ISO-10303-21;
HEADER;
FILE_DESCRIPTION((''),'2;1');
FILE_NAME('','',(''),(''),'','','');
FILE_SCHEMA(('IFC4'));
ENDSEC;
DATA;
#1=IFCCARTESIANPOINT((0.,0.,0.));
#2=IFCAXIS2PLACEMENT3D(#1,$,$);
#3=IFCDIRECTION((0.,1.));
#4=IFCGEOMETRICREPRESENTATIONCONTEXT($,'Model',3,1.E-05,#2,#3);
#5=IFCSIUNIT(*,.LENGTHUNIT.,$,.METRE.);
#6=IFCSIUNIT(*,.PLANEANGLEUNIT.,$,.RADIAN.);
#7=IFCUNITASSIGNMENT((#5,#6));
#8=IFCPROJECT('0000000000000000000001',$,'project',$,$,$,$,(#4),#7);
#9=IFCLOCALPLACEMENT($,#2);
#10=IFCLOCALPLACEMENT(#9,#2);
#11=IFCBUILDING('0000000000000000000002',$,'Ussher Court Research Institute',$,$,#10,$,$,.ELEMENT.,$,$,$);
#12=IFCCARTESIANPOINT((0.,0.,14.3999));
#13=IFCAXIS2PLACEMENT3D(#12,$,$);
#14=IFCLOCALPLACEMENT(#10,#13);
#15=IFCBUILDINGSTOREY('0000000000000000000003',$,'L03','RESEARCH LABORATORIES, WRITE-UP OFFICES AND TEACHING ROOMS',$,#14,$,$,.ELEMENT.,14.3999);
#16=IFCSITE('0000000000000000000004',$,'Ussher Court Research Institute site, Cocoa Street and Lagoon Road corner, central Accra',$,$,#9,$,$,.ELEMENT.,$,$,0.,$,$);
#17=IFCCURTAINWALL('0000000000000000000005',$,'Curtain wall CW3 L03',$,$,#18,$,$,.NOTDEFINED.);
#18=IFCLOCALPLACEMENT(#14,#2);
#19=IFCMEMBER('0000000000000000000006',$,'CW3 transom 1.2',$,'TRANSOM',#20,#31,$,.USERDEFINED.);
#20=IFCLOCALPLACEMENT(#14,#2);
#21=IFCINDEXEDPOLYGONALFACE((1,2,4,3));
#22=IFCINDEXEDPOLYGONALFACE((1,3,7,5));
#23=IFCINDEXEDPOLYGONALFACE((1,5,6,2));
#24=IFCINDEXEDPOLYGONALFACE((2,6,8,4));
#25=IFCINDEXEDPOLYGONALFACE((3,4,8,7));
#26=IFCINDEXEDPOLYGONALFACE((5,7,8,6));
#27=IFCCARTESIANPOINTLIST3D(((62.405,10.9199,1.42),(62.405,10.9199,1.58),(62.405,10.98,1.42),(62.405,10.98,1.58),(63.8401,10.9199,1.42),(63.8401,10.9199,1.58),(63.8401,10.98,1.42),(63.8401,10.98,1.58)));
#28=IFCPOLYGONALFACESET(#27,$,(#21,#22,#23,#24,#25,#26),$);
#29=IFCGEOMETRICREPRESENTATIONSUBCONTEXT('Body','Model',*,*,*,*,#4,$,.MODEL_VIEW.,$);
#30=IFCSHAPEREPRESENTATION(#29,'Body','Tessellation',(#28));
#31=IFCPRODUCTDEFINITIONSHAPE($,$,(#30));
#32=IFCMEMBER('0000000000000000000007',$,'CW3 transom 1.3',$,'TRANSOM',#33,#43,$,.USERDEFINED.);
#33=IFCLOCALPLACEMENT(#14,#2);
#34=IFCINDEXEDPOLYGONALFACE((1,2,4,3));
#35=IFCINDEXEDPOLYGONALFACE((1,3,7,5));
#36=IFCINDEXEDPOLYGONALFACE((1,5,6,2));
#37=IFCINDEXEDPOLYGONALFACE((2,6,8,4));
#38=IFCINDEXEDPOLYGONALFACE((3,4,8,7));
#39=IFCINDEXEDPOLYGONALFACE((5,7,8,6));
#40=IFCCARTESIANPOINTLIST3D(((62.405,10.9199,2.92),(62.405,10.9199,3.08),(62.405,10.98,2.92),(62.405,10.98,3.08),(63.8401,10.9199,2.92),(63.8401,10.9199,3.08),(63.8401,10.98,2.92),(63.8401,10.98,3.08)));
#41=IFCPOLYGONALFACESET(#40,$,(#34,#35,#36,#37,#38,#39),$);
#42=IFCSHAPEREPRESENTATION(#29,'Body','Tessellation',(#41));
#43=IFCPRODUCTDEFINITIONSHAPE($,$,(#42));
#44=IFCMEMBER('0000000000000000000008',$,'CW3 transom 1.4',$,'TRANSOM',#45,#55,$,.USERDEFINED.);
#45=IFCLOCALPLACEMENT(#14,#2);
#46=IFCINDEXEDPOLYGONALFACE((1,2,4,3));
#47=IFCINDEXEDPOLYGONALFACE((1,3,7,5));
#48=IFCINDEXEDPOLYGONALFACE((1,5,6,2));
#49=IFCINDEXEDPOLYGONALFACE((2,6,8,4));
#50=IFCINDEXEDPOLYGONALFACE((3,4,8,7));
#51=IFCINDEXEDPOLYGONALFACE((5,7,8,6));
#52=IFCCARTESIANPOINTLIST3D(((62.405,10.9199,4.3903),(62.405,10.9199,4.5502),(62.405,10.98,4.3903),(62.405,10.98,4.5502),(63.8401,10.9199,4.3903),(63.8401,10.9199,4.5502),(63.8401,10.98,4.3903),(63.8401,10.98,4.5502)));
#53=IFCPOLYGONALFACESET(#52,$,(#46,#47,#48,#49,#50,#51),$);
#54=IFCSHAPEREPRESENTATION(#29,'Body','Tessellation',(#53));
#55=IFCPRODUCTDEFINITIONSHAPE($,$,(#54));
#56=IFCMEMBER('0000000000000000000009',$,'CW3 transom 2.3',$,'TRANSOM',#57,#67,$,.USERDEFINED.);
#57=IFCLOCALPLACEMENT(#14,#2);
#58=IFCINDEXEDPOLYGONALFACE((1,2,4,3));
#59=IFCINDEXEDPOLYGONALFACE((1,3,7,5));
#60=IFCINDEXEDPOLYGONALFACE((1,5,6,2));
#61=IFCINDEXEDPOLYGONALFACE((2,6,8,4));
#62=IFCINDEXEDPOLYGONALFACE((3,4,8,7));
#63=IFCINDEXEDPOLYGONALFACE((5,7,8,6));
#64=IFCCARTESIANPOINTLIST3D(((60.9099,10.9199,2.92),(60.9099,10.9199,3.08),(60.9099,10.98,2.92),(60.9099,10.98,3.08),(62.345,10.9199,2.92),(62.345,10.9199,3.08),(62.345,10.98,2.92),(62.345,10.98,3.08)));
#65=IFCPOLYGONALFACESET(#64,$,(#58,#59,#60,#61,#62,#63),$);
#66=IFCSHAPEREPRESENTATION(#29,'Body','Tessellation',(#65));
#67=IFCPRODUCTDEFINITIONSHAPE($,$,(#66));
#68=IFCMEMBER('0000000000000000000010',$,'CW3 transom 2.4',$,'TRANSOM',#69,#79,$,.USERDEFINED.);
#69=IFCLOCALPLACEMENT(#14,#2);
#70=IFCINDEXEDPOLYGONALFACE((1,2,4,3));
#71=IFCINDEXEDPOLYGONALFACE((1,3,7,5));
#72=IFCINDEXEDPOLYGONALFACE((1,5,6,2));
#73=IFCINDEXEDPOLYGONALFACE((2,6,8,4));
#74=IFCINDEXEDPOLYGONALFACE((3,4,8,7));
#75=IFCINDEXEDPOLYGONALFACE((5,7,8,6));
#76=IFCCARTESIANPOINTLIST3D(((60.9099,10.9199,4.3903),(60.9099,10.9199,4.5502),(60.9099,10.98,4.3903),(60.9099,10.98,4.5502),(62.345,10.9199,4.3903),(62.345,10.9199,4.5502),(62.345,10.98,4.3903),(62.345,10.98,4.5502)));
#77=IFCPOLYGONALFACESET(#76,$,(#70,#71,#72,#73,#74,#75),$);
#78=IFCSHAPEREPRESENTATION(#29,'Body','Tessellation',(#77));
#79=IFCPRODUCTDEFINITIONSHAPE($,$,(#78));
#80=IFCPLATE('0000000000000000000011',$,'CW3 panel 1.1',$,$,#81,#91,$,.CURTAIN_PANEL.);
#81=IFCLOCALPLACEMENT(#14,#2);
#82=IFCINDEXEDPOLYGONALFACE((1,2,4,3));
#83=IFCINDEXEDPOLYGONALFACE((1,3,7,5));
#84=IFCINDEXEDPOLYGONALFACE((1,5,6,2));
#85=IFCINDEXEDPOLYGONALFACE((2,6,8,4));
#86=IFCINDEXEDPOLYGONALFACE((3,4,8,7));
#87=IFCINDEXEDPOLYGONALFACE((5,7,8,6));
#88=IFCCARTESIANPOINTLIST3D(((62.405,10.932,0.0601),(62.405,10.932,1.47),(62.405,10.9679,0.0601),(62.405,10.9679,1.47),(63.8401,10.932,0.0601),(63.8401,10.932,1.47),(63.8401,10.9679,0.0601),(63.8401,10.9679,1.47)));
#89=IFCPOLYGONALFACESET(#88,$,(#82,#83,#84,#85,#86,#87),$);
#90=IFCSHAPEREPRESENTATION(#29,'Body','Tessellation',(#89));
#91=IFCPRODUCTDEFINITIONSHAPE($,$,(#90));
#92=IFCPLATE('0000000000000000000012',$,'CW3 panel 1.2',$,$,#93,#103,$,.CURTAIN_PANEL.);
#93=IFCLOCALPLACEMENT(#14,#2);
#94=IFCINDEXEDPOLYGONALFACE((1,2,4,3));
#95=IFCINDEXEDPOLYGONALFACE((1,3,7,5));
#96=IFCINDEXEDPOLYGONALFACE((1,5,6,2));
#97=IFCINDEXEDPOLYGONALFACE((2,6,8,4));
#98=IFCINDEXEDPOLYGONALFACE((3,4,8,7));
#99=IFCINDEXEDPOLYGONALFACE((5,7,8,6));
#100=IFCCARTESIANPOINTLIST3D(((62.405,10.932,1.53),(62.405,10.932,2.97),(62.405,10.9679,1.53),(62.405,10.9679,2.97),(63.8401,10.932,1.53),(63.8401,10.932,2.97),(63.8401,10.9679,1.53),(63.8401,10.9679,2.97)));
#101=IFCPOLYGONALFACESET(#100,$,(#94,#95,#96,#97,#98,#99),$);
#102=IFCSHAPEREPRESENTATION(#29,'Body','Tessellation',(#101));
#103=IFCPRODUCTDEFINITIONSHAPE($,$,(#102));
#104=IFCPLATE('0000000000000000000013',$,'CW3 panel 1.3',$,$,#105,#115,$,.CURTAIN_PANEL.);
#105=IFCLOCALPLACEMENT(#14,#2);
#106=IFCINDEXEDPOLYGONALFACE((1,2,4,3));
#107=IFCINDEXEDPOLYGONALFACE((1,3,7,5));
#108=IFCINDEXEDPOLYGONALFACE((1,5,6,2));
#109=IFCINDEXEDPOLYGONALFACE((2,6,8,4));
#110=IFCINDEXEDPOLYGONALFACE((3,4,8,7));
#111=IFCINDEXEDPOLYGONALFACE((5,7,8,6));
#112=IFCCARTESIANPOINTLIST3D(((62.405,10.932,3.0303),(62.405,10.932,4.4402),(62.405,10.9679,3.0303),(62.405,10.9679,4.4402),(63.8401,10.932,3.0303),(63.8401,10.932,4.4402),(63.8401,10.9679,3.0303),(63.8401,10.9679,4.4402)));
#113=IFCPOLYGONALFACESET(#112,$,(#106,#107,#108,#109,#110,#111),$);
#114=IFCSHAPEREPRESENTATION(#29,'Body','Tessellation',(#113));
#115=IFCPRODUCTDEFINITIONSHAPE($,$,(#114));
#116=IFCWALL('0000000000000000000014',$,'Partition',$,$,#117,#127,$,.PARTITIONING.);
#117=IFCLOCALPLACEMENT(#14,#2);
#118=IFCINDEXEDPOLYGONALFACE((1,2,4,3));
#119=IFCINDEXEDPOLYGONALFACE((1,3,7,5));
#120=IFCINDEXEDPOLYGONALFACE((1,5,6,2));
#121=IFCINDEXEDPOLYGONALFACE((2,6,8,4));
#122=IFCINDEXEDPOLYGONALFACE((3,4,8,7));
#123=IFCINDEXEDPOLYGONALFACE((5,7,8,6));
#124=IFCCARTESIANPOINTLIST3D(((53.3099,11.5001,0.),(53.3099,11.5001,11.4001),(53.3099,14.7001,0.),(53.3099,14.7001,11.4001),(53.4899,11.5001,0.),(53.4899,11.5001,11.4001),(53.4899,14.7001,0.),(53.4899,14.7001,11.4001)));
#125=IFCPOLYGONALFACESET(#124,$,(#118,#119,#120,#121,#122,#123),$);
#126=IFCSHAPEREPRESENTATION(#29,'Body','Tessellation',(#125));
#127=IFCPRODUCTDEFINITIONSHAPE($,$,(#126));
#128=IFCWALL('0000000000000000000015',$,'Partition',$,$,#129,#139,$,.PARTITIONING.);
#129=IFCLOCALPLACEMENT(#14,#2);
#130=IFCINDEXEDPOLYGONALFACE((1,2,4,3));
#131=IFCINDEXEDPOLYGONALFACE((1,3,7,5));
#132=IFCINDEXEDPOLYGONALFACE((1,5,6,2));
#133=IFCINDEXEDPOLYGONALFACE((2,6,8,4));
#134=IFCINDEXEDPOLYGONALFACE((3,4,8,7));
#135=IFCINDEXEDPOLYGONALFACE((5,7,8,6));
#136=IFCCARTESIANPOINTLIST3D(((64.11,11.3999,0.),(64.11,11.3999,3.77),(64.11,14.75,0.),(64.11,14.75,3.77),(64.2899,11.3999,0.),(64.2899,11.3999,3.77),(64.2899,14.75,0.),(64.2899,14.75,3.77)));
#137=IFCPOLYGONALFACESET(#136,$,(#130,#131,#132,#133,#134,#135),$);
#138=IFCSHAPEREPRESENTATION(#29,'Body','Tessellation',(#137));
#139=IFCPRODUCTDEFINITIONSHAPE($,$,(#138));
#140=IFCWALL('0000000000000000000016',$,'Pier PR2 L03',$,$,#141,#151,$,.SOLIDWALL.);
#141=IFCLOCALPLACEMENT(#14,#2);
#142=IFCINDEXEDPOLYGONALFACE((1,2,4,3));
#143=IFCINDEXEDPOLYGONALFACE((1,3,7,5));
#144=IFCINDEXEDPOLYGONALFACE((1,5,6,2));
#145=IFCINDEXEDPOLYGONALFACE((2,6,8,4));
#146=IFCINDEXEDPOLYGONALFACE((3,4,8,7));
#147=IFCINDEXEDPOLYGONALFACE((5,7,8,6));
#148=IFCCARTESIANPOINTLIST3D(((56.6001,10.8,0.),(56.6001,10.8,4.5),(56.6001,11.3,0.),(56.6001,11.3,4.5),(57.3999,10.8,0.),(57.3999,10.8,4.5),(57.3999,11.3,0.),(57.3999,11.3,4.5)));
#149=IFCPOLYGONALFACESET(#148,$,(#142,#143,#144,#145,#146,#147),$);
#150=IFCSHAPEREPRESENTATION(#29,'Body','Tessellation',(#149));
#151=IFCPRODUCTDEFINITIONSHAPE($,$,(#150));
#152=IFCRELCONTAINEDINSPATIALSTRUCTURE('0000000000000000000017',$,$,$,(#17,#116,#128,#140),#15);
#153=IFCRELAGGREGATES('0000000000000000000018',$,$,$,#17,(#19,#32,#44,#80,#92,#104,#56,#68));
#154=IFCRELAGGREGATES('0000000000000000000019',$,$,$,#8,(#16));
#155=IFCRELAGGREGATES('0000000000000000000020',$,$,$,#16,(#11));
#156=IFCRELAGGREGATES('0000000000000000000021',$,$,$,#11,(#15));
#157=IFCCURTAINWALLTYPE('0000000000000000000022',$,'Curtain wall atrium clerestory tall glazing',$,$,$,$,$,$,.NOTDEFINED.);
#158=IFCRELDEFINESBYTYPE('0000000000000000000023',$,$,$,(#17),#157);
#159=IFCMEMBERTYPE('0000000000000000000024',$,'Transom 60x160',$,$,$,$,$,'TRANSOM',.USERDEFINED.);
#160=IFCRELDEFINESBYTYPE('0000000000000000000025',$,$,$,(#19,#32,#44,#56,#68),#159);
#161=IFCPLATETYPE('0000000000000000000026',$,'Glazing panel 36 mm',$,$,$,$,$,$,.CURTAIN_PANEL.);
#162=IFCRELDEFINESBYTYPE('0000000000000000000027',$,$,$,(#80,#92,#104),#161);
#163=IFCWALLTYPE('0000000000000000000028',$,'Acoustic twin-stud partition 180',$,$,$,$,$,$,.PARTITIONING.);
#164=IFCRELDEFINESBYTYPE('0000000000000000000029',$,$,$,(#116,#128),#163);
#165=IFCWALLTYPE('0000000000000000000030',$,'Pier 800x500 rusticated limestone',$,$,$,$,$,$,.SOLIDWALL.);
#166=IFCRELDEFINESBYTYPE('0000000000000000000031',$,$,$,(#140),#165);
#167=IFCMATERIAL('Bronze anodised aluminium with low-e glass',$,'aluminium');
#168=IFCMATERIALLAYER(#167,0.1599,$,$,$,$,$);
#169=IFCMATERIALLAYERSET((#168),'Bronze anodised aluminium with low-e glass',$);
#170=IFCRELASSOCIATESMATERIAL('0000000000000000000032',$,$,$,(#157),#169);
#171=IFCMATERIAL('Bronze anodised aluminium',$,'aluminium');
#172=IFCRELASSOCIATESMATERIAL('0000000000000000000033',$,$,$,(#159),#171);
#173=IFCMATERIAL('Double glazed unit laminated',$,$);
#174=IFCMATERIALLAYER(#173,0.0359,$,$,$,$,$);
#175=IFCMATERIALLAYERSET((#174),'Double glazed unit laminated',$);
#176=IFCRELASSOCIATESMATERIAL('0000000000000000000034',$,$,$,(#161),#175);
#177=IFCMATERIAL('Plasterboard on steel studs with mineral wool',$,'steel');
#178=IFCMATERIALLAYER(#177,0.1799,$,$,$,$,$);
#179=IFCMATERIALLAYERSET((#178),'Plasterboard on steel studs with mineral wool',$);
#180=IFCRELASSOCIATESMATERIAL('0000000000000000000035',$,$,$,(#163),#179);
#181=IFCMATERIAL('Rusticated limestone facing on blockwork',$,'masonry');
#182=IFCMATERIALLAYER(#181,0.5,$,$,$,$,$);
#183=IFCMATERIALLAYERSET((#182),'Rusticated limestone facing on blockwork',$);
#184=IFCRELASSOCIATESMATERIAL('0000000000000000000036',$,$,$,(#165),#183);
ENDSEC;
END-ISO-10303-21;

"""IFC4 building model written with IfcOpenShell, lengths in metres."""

from ifc_helpers import new_model, si_unit, direction, frame, frame_2d, origin, origin_2d, place, context, subcontext, project, spatial, rectangle, extrude, material, layer, layer_set, material_profile, profile_set, type_object, element, aggregate, save


model = new_model("IFC4")

# Units and contexts
model_context = context("Model", 3, precision=1e-05, world=origin(), true_north=direction((0.0, 1.0)))
body_context = subcontext(model_context, "Body", "Model", "MODEL_VIEW")
ifc_project = project(units=[si_unit("LENGTHUNIT", "METRE"), si_unit("PLANEANGLEUNIT", "RADIAN")], contexts=[model_context])

# Site, building, storey
site_placement = place(None, origin())
site = spatial("IfcSite", under=ifc_project, at=site_placement, Name="Ussher Court Research Institute site, Cocoa Street and Lagoon Road corner, central Accra", CompositionType="ELEMENT", RefElevation=0.0)
building_placement = place(site_placement, origin())
building = spatial("IfcBuilding", under=site, at=building_placement, Name="Ussher Court Research Institute", CompositionType="ELEMENT")
storey_placement = place(building_placement, frame((0.0, 0.0, 14.3999)))
storey = spatial("IfcBuildingStorey", under=building, at=storey_placement, Name="L03", Description="RESEARCH LABORATORIES, WRITE-UP OFFICES AND TEACHING ROOMS", CompositionType="ELEMENT", Elevation=14.3999)

# Curtain wall
ifc_material_1 = material(Name="Bronze anodised aluminium with low-e glass", Category="aluminium")
ifc_layer_1 = layer(ifc_material_1, 0.1599)
ifc_layer_set_1 = layer_set([ifc_layer_1], Name="Bronze anodised aluminium with low-e glass")
curtain_wall_type = type_object("IfcCurtainWallType", Name="Curtain wall atrium clerestory tall glazing", PredefinedType="NOTDEFINED", material=ifc_layer_set_1)
curtain_wall_placement = place(storey_placement, origin())
curtain_wall = element("IfcCurtainWall", 1, at=curtain_wall_placement, inside=storey, type_object=curtain_wall_type, Name="Curtain wall CW3 L03", PredefinedType="NOTDEFINED")

# Members
ifc_material_2 = material(Name="Bronze anodised aluminium", Category="aluminium")
ifc_material_profile_1 = material_profile(ifc_material_2, rectangle(XDim=0.0601, YDim=0.1599, at=origin_2d()), Name="Transom 60x160")
ifc_profile_set_1 = profile_set([ifc_material_profile_1], Name="Bronze anodised aluminium")
member_type_1 = type_object("IfcMemberType", Name="Transom 60x160", ElementType="TRANSOM", PredefinedType="USERDEFINED", material=ifc_profile_set_1)
member_1_placement = place(storey_placement, frame((63.8401, 10.95, 1.5), z_axis=(-1.0, 0.0, 0.0), x_axis=(0.0, -1.0, 0.0)))
member_1 = element("IfcMember", 2, at=member_1_placement, type_object=member_type_1, Name="CW3 transom 1.2", ObjectType="TRANSOM", PredefinedType="USERDEFINED", context=body_context, shape_type="SweptSolid", body=[
    extrude(rectangle(XDim=0.0601, YDim=0.1599, at=origin_2d()), origin(), (0.0, 0.0, 1.0), 1.4351),
])
member_2_placement = place(storey_placement, frame((63.8401, 10.95, 3.0), z_axis=(-1.0, 0.0, 0.0), x_axis=(0.0, -1.0, 0.0)))
member_2 = element("IfcMember", 3, at=member_2_placement, type_object=member_type_1, Name="CW3 transom 1.3", ObjectType="TRANSOM", PredefinedType="USERDEFINED", context=body_context, shape_type="SweptSolid", body=[
    extrude(rectangle(XDim=0.0601, YDim=0.1599, at=origin_2d()), origin(), (0.0, 0.0, 1.0), 1.4351),
])
member_3_placement = place(storey_placement, frame((63.8401, 10.95, 4.4702), z_axis=(-1.0, 0.0, 0.0), x_axis=(0.0, -1.0, 0.0)))
member_3 = element("IfcMember", 4, at=member_3_placement, type_object=member_type_1, Name="CW3 transom 1.4", ObjectType="TRANSOM", PredefinedType="USERDEFINED", context=body_context, shape_type="SweptSolid", body=[
    extrude(rectangle(XDim=0.0601, YDim=0.1599, at=origin_2d()), origin(), (0.0, 0.0, 1.0), 1.4351),
])
member_4_placement = place(storey_placement, frame((62.345, 10.95, 3.0), z_axis=(-1.0, 0.0, 0.0), x_axis=(0.0, -1.0, 0.0)))
member_4 = element("IfcMember", 5, at=member_4_placement, type_object=member_type_1, Name="CW3 transom 2.3", ObjectType="TRANSOM", PredefinedType="USERDEFINED", context=body_context, shape_type="SweptSolid", body=[
    extrude(rectangle(XDim=0.0601, YDim=0.1599, at=origin_2d()), origin(), (0.0, 0.0, 1.0), 1.4351),
])
member_5_placement = place(storey_placement, frame((62.345, 10.95, 4.4702), z_axis=(-1.0, 0.0, 0.0), x_axis=(0.0, -1.0, 0.0)))
member_5 = element("IfcMember", 6, at=member_5_placement, type_object=member_type_1, Name="CW3 transom 2.4", ObjectType="TRANSOM", PredefinedType="USERDEFINED", context=body_context, shape_type="SweptSolid", body=[
    extrude(rectangle(XDim=0.0601, YDim=0.1599, at=origin_2d()), origin(), (0.0, 0.0, 1.0), 1.4351),
])

# Plates
ifc_material_3 = material(Name="Double glazed unit laminated")
ifc_layer_2 = layer(ifc_material_3, 0.0359)
ifc_layer_set_2 = layer_set([ifc_layer_2], Name="Double glazed unit laminated")
plate_type = type_object("IfcPlateType", Name="Glazing panel 36 mm", PredefinedType="CURTAIN_PANEL", material=ifc_layer_set_2)
plate_1_placement = place(storey_placement, frame((63.1226, 10.95, 0.0601), z_axis=(0.0, 0.0, 1.0), x_axis=(-1.0, 0.0, 0.0)))
plate_1 = element("IfcPlate", 7, at=plate_1_placement, type_object=plate_type, Name="CW3 panel 1.1", PredefinedType="CURTAIN_PANEL", context=body_context, shape_type="SweptSolid", body=[
    extrude(rectangle(XDim=1.4351, YDim=0.0359, at=origin_2d()), origin(), (0.0, 0.0, 1.0), 1.4099),
])
plate_2_placement = place(storey_placement, frame((63.1226, 10.95, 1.53), z_axis=(0.0, 0.0, 1.0), x_axis=(-1.0, 0.0, 0.0)))
plate_2 = element("IfcPlate", 8, at=plate_2_placement, type_object=plate_type, Name="CW3 panel 1.2", PredefinedType="CURTAIN_PANEL", context=body_context, shape_type="SweptSolid", body=[
    extrude(rectangle(XDim=1.4351, YDim=0.0359, at=origin_2d()), origin(), (0.0, 0.0, 1.0), 1.4399),
])
plate_3_placement = place(storey_placement, frame((63.1226, 10.95, 3.0303), z_axis=(0.0, 0.0, 1.0), x_axis=(-1.0, 0.0, 0.0)))
plate_3 = element("IfcPlate", 9, at=plate_3_placement, type_object=plate_type, Name="CW3 panel 1.3", PredefinedType="CURTAIN_PANEL", context=body_context, shape_type="SweptSolid", body=[
    extrude(rectangle(XDim=1.4351, YDim=0.0359, at=origin_2d()), origin(), (0.0, 0.0, 1.0), 1.4099),
])
aggregate(curtain_wall, [member_1, member_2, member_3, plate_1, plate_2, plate_3, member_4, member_5])

# Walls
ifc_material_4 = material(Name="Plasterboard on steel studs with mineral wool", Category="steel")
ifc_layer_3 = layer(ifc_material_4, 0.1799)
ifc_layer_set_3 = layer_set([ifc_layer_3], Name="Plasterboard on steel studs with mineral wool")
wall_type_1 = type_object("IfcWallType", Name="Acoustic twin-stud partition 180", PredefinedType="PARTITIONING", material=ifc_layer_set_3)
wall_1_placement = place(storey_placement, frame((53.3999, 11.5, 0.0), z_axis=(0.0, 0.0, 1.0), x_axis=(0.0, 1.0, 0.0)))
element("IfcWall", 10, at=wall_1_placement, inside=storey, type_object=wall_type_1, Name="Partition", PredefinedType="PARTITIONING", context=body_context, shape_type="SweptSolid", body=[
    extrude(rectangle(XDim=3.2, YDim=0.1799, at=frame_2d((1.6001, 0.0))), origin(), (0.0, 0.0, 1.0), 11.4001),
])
wall_2_placement = place(storey_placement, frame((64.2, 11.3999, 0.0), z_axis=(0.0, 0.0, 1.0), x_axis=(0.0, 1.0, 0.0)))
element("IfcWall", 11, at=wall_2_placement, inside=storey, type_object=wall_type_1, Name="Partition", PredefinedType="PARTITIONING", context=body_context, shape_type="SweptSolid", body=[
    extrude(rectangle(XDim=3.3501, YDim=0.1799, at=frame_2d((1.675, 0.0))), origin(), (0.0, 0.0, 1.0), 3.77),
])
ifc_material_5 = material(Name="Rusticated limestone facing on blockwork", Category="masonry")
ifc_layer_4 = layer(ifc_material_5, 0.5)
ifc_layer_set_4 = layer_set([ifc_layer_4], Name="Rusticated limestone facing on blockwork")
wall_type_2 = type_object("IfcWallType", Name="Pier 800x500 rusticated limestone", PredefinedType="SOLIDWALL", material=ifc_layer_set_4)
wall_3_placement = place(storey_placement, frame((57.3999, 11.05, 0.0), z_axis=(0.0, 0.0, 1.0), x_axis=(-1.0, 0.0, 0.0)))
element("IfcWall", 12, at=wall_3_placement, inside=storey, type_object=wall_type_2, Name="Pier PR2 L03", PredefinedType="SOLIDWALL", context=body_context, shape_type="SweptSolid", body=[
    extrude(rectangle(XDim=0.7998, YDim=0.5, at=frame_2d((0.3999, 0.0))), origin(), (0.0, 0.0, 1.0), 4.5),
])

save(model, "model.ifc")
